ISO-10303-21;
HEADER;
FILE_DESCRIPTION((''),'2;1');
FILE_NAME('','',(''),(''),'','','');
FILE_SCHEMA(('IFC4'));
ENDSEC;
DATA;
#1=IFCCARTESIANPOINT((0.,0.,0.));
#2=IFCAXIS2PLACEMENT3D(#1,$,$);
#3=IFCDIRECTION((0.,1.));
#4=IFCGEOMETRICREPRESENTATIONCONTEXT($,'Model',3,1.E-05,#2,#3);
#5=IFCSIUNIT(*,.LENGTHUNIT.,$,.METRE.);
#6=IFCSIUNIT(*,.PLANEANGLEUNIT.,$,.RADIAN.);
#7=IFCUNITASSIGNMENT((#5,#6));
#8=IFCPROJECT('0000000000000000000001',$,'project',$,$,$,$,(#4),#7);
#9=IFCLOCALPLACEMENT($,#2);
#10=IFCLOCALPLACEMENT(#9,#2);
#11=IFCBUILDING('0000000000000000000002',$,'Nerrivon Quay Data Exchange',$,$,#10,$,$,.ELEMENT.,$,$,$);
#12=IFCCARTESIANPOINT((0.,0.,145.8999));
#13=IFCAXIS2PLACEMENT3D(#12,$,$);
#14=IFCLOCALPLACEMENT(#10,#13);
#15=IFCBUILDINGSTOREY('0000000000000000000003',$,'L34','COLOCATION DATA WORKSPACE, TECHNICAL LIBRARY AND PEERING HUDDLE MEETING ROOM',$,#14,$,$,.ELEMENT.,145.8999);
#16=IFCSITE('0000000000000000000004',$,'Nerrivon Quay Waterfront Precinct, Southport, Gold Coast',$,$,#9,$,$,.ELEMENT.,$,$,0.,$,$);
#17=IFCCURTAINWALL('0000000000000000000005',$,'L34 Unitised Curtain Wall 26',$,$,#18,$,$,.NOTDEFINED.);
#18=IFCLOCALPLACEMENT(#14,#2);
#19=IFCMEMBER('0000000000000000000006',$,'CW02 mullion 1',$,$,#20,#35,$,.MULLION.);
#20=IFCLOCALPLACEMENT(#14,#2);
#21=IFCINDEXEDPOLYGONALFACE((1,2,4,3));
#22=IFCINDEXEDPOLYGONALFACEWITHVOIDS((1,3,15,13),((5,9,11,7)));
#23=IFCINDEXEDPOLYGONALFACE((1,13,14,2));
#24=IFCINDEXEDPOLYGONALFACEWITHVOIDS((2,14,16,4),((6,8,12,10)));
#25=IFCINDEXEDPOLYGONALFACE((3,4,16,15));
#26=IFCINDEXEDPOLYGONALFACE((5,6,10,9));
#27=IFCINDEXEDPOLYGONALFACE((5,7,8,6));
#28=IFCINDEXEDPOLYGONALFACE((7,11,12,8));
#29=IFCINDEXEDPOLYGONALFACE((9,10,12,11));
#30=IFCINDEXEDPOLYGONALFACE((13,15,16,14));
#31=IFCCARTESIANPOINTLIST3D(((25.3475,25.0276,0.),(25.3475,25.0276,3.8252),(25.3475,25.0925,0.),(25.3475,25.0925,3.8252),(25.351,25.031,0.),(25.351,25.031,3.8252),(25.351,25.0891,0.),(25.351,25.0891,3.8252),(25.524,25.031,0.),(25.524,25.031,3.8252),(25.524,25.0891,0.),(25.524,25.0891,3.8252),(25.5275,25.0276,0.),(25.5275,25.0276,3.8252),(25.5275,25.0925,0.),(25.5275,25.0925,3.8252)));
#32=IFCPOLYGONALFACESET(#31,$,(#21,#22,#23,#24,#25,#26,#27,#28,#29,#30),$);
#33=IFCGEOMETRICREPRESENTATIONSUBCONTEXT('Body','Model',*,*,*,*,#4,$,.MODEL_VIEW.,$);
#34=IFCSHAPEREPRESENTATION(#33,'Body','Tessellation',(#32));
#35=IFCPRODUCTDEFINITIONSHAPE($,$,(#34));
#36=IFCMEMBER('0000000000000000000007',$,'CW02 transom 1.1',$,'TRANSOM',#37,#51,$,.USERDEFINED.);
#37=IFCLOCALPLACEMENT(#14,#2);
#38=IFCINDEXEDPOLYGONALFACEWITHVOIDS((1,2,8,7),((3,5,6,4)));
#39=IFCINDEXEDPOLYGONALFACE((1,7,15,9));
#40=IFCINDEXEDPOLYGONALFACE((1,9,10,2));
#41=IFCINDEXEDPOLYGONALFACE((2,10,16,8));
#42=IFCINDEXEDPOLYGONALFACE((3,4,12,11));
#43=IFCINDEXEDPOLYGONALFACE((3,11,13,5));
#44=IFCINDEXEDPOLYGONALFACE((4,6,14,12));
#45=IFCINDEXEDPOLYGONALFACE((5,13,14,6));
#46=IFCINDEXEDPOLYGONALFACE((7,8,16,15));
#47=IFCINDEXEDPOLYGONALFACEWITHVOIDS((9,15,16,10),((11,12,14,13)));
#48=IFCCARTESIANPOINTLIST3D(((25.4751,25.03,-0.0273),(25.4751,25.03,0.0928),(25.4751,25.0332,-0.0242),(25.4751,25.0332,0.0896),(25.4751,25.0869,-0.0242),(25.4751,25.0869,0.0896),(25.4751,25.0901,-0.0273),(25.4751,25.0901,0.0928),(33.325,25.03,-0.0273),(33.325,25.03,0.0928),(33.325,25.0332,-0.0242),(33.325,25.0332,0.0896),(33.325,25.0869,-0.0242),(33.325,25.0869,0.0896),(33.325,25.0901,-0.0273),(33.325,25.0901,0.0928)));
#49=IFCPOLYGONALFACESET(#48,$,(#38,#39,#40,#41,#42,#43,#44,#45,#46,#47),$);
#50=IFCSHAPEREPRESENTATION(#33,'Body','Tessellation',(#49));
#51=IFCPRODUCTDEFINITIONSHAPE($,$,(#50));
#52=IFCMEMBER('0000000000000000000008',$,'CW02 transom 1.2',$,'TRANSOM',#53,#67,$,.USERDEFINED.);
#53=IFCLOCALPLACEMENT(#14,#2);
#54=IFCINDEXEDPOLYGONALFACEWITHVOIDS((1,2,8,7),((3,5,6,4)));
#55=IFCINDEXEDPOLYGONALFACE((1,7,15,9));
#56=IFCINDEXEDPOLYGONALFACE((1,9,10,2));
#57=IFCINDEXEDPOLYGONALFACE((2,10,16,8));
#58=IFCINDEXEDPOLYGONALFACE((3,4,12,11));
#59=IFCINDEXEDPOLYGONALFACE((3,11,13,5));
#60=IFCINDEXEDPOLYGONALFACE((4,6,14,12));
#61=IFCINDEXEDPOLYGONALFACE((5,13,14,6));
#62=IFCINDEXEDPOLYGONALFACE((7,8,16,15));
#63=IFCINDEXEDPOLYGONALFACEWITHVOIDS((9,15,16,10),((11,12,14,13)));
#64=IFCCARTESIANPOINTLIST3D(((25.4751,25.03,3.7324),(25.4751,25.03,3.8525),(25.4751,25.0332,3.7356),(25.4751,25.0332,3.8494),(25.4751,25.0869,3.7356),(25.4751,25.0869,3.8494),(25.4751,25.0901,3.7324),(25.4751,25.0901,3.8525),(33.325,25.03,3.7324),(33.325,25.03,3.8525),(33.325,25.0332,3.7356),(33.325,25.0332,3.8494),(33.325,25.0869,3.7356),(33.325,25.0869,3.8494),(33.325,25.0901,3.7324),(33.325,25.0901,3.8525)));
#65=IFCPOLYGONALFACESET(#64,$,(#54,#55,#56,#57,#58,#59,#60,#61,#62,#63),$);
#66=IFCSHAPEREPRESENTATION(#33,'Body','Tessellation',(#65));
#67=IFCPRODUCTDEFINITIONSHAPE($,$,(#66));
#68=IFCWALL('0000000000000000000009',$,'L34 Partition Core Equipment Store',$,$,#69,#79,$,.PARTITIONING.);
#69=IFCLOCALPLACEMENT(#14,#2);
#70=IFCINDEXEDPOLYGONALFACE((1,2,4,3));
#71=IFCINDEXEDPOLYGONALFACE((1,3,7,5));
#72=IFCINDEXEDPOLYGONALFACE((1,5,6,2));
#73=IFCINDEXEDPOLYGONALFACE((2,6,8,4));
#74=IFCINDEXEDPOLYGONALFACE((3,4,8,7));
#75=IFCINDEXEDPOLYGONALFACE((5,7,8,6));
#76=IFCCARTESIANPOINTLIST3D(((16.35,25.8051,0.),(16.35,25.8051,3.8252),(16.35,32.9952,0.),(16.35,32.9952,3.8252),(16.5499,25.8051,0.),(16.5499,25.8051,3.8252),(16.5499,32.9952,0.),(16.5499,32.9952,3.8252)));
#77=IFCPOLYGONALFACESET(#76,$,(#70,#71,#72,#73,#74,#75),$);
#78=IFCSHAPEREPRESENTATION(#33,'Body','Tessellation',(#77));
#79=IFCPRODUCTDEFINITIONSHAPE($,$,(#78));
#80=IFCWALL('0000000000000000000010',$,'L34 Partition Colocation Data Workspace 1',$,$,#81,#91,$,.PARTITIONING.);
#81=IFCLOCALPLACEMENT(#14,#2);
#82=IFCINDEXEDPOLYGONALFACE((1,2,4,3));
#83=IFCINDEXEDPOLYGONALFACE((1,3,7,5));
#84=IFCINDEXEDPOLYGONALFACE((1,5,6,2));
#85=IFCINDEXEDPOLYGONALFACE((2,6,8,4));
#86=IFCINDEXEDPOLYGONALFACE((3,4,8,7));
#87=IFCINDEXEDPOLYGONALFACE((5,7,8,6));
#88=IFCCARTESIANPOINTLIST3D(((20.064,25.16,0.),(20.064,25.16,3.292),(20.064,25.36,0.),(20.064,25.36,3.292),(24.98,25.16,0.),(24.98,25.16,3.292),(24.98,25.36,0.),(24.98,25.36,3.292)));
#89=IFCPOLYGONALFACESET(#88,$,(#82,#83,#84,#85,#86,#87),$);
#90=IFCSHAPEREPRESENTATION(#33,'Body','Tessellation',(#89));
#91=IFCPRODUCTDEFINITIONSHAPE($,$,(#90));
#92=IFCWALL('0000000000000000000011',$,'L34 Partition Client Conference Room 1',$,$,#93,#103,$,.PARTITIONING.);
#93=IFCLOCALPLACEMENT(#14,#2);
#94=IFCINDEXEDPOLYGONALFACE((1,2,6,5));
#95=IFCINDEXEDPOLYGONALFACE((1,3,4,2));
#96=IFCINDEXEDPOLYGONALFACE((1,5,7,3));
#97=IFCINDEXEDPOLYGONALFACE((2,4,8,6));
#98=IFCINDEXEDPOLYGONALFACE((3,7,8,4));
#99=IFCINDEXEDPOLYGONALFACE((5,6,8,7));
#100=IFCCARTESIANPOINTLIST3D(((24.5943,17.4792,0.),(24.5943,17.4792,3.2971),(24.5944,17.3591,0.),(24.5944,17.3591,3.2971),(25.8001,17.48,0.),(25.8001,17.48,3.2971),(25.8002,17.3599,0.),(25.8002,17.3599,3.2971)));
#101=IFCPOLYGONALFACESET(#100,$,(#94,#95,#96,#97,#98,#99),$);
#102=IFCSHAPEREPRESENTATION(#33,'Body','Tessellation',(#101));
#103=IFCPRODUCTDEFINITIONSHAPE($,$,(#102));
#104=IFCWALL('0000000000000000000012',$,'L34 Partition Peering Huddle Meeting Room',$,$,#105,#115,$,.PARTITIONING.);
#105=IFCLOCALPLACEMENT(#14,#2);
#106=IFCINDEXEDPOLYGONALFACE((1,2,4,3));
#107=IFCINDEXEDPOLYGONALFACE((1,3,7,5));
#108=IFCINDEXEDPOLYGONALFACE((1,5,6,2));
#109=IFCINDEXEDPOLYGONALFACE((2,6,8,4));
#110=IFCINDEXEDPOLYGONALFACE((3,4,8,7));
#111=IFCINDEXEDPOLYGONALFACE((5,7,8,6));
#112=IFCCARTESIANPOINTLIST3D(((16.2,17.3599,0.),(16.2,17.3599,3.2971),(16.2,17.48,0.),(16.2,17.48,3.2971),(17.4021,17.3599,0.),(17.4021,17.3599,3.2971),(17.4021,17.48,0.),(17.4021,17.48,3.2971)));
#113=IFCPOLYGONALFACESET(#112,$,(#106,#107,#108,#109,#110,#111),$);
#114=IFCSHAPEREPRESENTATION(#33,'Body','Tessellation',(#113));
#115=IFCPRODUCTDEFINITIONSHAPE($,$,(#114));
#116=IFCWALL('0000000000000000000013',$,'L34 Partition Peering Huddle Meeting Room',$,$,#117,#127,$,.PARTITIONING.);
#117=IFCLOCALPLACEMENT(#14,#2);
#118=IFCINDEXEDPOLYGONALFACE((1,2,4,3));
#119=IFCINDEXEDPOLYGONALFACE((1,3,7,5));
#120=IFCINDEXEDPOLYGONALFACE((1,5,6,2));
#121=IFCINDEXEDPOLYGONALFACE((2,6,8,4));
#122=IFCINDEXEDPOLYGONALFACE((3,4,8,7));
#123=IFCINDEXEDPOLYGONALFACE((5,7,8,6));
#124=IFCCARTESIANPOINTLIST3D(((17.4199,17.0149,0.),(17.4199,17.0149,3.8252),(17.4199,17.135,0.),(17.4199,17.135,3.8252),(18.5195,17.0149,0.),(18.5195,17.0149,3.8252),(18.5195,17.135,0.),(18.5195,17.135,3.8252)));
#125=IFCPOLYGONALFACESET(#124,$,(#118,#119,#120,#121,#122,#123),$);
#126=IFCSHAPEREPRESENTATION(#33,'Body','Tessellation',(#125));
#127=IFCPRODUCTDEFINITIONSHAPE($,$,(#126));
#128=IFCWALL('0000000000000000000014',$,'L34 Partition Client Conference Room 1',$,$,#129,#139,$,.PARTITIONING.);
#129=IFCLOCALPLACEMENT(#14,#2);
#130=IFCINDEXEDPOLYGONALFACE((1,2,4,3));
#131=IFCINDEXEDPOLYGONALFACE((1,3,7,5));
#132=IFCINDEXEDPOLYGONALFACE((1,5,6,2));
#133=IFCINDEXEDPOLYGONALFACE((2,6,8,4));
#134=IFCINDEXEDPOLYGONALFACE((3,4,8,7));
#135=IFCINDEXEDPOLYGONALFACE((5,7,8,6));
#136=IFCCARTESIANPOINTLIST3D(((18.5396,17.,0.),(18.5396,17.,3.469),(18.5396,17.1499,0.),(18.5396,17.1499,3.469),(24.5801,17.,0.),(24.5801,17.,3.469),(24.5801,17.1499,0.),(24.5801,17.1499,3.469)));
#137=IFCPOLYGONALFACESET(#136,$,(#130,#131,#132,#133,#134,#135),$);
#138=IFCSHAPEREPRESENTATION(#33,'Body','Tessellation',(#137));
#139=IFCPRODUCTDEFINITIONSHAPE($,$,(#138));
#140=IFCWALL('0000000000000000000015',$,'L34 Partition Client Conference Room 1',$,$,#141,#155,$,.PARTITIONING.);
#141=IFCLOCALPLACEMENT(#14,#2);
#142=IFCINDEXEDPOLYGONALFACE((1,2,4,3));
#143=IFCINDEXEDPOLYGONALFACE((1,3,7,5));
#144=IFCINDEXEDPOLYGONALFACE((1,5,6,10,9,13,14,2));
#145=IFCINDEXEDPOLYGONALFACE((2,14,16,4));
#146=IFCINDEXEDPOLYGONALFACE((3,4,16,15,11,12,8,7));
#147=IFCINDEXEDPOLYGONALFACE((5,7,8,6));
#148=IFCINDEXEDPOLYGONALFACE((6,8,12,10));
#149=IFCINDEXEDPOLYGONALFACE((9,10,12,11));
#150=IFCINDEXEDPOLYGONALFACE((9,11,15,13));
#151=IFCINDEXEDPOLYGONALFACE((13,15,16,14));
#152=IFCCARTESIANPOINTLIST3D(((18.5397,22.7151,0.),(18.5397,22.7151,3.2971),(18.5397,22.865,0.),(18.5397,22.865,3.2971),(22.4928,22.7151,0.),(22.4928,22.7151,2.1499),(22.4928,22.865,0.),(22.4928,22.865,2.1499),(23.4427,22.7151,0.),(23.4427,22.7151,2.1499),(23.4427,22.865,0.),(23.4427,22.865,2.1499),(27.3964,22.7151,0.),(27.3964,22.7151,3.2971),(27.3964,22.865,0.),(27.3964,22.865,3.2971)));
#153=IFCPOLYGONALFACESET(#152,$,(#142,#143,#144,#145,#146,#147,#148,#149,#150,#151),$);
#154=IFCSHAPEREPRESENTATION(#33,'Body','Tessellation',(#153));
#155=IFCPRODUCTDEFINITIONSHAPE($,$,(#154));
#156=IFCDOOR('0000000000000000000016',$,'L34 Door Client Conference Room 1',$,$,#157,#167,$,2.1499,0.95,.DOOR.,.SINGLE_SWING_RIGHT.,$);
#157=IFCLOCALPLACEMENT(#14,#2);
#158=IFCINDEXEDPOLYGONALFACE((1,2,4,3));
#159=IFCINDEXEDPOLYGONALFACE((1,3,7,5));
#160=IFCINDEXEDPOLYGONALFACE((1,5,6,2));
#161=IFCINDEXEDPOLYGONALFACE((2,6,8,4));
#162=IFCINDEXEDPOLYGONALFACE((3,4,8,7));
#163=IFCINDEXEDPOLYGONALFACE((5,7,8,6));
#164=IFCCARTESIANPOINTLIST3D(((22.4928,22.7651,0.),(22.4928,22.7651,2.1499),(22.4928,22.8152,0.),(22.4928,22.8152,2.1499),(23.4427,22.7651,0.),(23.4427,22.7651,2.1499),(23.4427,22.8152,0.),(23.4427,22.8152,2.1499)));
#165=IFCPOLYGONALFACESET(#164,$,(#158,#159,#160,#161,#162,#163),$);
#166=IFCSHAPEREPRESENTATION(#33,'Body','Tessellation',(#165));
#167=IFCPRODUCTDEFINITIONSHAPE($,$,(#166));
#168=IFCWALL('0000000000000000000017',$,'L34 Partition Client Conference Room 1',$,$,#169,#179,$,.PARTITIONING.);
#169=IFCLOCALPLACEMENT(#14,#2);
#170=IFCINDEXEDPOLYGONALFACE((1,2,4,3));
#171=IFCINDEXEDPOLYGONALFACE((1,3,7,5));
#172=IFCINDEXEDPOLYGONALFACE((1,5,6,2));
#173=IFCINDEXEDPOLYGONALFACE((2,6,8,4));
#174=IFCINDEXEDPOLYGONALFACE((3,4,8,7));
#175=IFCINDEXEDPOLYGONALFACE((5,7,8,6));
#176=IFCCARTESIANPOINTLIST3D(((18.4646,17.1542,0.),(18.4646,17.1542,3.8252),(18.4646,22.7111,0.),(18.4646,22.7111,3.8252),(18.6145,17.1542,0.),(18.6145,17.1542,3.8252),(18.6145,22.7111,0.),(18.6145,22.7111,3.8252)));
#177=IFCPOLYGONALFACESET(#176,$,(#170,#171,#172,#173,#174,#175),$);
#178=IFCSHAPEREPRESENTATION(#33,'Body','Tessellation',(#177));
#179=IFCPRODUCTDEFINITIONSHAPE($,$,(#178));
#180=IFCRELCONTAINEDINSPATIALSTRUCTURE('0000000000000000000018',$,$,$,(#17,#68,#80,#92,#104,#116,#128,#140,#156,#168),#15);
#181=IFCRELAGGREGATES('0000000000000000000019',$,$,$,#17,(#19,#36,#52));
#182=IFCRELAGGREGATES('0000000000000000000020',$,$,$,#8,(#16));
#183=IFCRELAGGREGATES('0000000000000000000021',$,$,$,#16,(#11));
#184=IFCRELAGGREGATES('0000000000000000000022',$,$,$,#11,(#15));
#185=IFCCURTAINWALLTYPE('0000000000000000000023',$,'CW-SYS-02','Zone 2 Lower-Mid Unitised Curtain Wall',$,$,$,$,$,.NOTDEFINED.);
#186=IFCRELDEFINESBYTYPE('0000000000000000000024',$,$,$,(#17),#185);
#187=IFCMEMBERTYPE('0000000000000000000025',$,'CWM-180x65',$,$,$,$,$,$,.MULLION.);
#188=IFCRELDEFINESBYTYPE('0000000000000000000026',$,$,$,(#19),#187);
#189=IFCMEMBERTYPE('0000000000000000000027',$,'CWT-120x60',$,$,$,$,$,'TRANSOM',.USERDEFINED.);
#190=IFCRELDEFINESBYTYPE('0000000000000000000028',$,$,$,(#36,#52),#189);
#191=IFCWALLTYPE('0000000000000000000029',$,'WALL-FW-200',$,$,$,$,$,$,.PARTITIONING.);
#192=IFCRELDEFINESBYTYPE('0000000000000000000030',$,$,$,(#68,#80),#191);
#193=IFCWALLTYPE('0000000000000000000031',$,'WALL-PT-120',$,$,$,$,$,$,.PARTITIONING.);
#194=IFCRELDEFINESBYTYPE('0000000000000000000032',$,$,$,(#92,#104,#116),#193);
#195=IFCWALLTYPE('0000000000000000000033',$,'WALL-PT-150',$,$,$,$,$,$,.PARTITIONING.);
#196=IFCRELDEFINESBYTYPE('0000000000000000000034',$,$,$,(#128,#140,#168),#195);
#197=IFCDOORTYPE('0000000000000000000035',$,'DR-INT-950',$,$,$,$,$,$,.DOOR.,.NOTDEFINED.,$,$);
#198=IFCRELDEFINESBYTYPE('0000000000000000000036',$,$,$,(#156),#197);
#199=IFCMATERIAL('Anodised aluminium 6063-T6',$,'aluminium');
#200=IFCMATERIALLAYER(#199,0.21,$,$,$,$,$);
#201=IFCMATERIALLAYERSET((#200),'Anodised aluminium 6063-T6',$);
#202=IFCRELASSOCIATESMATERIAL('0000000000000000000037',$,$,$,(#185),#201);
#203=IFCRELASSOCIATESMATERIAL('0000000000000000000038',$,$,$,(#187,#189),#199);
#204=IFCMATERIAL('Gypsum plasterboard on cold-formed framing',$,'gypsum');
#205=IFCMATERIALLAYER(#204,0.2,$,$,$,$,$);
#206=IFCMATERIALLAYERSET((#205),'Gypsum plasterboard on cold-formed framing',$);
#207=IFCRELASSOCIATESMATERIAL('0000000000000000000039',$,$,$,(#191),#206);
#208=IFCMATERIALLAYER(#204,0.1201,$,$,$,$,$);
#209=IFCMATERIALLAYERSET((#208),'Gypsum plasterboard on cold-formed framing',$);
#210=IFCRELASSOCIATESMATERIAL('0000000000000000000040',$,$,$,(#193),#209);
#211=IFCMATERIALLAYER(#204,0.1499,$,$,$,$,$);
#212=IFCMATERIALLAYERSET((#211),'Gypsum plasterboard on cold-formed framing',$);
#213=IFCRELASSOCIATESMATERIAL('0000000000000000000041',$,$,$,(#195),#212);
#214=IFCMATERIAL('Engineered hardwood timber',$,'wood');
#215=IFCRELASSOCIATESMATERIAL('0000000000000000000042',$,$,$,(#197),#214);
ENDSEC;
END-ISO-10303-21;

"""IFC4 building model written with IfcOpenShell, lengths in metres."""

from ifc_helpers import new_model, si_unit, direction, frame, frame_2d, origin, origin_2d, place, context, subcontext, project, spatial, rectangle, hollow_rectangle, extrude, material, layer, layer_set, material_profile, profile_set, type_object, element, fill, aggregate, save


model = new_model("IFC4")

# Units and contexts
model_context = context("Model", 3, precision=1e-05, world=origin(), true_north=direction((0.0, 1.0)))
body_context = subcontext(model_context, "Body", "Model", "MODEL_VIEW")
ifc_project = project(units=[si_unit("LENGTHUNIT", "METRE"), si_unit("PLANEANGLEUNIT", "RADIAN")], contexts=[model_context])

# Site, building, storey
site_placement = place(None, origin())
site = spatial("IfcSite", under=ifc_project, at=site_placement, Name="Nerrivon Quay Waterfront Precinct, Southport, Gold Coast", CompositionType="ELEMENT", RefElevation=0.0)
building_placement = place(site_placement, origin())
building = spatial("IfcBuilding", under=site, at=building_placement, Name="Nerrivon Quay Data Exchange", CompositionType="ELEMENT")
storey_placement = place(building_placement, frame((0.0, 0.0, 145.8999)))
storey = spatial("IfcBuildingStorey", under=building, at=storey_placement, Name="L34", Description="COLOCATION DATA WORKSPACE, TECHNICAL LIBRARY AND PEERING HUDDLE MEETING ROOM", CompositionType="ELEMENT", Elevation=145.8999)

# Curtain wall, members
ifc_material_1 = material(Name="Anodised aluminium 6063-T6", Category="aluminium")
ifc_layer_1 = layer(ifc_material_1, 0.21)
ifc_layer_set_1 = layer_set([ifc_layer_1], Name="Anodised aluminium 6063-T6")
curtain_wall_type = type_object("IfcCurtainWallType", Name="CW-SYS-02", Description="Zone 2 Lower-Mid Unitised Curtain Wall", PredefinedType="NOTDEFINED", material=ifc_layer_set_1)
curtain_wall_placement = place(storey_placement, origin())
curtain_wall = element("IfcCurtainWall", 1, at=curtain_wall_placement, inside=storey, type_object=curtain_wall_type, Name="L34 Unitised Curtain Wall 26", PredefinedType="NOTDEFINED")
ifc_material_profile_1 = material_profile(ifc_material_1, hollow_rectangle(XDim=0.0649, YDim=0.1799, WallThickness=0.0034, at=origin_2d()), Name="ALU-MULL-180x65")
ifc_profile_set_1 = profile_set([ifc_material_profile_1], Name="Anodised aluminium 6063-T6")
member_type_1 = type_object("IfcMemberType", Name="CWM-180x65", PredefinedType="MULLION", material=ifc_profile_set_1)
member_1_placement = place(storey_placement, frame((25.4375, 25.0601, 0.0), z_axis=(0.0, 0.0, 1.0), x_axis=(0.0, 1.0, 0.0)))
member_1 = element("IfcMember", 2, at=member_1_placement, type_object=member_type_1, Name="CW02 mullion 1", PredefinedType="MULLION", context=body_context, shape_type="SweptSolid", body=[
    extrude(hollow_rectangle(XDim=0.0649, YDim=0.1799, WallThickness=0.0034, at=origin_2d()), origin(), (0.0, 0.0, 1.0), 3.8252),
])
ifc_material_profile_2 = material_profile(ifc_material_1, hollow_rectangle(XDim=0.0601, YDim=0.1201, WallThickness=0.0032, at=origin_2d()), Name="ALU-TRAN-120x60")
ifc_profile_set_2 = profile_set([ifc_material_profile_2], Name="Anodised aluminium 6063-T6")
member_type_2 = type_object("IfcMemberType", Name="CWT-120x60", ElementType="TRANSOM", PredefinedType="USERDEFINED", material=ifc_profile_set_2)
member_2_placement = place(storey_placement, frame((25.4751, 25.0601, 0.0327), z_axis=(1.0, 0.0, 0.0), x_axis=(0.0, 1.0, 0.0)))
member_2 = element("IfcMember", 3, at=member_2_placement, type_object=member_type_2, Name="CW02 transom 1.1", ObjectType="TRANSOM", PredefinedType="USERDEFINED", context=body_context, shape_type="SweptSolid", body=[
    extrude(hollow_rectangle(XDim=0.0601, YDim=0.1201, WallThickness=0.0032, at=origin_2d()), origin(), (0.0, 0.0, 1.0), 7.8499),
])
member_3_placement = place(storey_placement, frame((25.4751, 25.0601, 3.7925), z_axis=(1.0, 0.0, 0.0), x_axis=(0.0, 1.0, 0.0)))
member_3 = element("IfcMember", 4, at=member_3_placement, type_object=member_type_2, Name="CW02 transom 1.2", ObjectType="TRANSOM", PredefinedType="USERDEFINED", context=body_context, shape_type="SweptSolid", body=[
    extrude(hollow_rectangle(XDim=0.0601, YDim=0.1201, WallThickness=0.0032, at=origin_2d()), origin(), (0.0, 0.0, 1.0), 7.8499),
])
aggregate(curtain_wall, [member_1, member_2, member_3])

# Walls
ifc_material_2 = material(Name="Gypsum plasterboard on cold-formed framing", Category="gypsum")
ifc_layer_2 = layer(ifc_material_2, 0.2)
ifc_layer_set_2 = layer_set([ifc_layer_2], Name="Gypsum plasterboard on cold-formed framing")
wall_type_1 = type_object("IfcWallType", Name="WALL-FW-200", PredefinedType="PARTITIONING", material=ifc_layer_set_2)
wall_1_placement = place(storey_placement, frame((16.45, 25.8049, 0.0), z_axis=(0.0, 0.0, 1.0), x_axis=(0.0, 1.0, 0.0)))
element("IfcWall", 5, at=wall_1_placement, inside=storey, type_object=wall_type_1, Name="L34 Partition Core Equipment Store", PredefinedType="PARTITIONING", context=body_context, shape_type="SweptSolid", body=[
    extrude(rectangle(XDim=7.1902, YDim=0.2, at=frame_2d((3.5952, 0.0))), origin(), (0.0, 0.0, 1.0), 3.8252),
])
wall_2_placement = place(storey_placement, frame((20.064, 25.26, 0.0), z_axis=(0.0, 0.0, 1.0), x_axis=(1.0, 0.0, 0.0)))
element("IfcWall", 6, at=wall_2_placement, inside=storey, type_object=wall_type_1, Name="L34 Partition Colocation Data Workspace 1", PredefinedType="PARTITIONING", context=body_context, shape_type="SweptSolid", body=[
    extrude(rectangle(XDim=4.916, YDim=0.2, at=frame_2d((2.458, 0.0))), origin(), (0.0, 0.0, 1.0), 3.292),
])
ifc_layer_3 = layer(ifc_material_2, 0.1201)
ifc_layer_set_3 = layer_set([ifc_layer_3], Name="Gypsum plasterboard on cold-formed framing")
wall_type_2 = type_object("IfcWallType", Name="WALL-PT-120", PredefinedType="PARTITIONING", material=ifc_layer_set_3)
wall_3_placement = place(storey_placement, frame((24.5942, 17.4192, 0.0), z_axis=(0.0, 0.0, 1.0), x_axis=(1.0, 0.000607, 0.0)))
element("IfcWall", 7, at=wall_3_placement, inside=storey, type_object=wall_type_2, Name="L34 Partition Client Conference Room 1", PredefinedType="PARTITIONING", context=body_context, shape_type="SweptSolid", body=[
    extrude(rectangle(XDim=1.2058, YDim=0.1201, at=frame_2d((0.603, 0.0))), origin(), (0.0, 0.0, 1.0), 3.2971),
])
wall_4_placement = place(storey_placement, frame((16.2, 17.4199, 0.0), z_axis=(0.0, 0.0, 1.0), x_axis=(1.0, 0.0, 0.0)))
element("IfcWall", 8, at=wall_4_placement, inside=storey, type_object=wall_type_2, Name="L34 Partition Peering Huddle Meeting Room", PredefinedType="PARTITIONING", context=body_context, shape_type="SweptSolid", body=[
    extrude(rectangle(XDim=1.2021, YDim=0.1201, at=frame_2d((0.6011, 0.0))), origin(), (0.0, 0.0, 1.0), 3.2971),
])
wall_5_placement = place(storey_placement, frame((17.4199, 17.075, 0.0), z_axis=(0.0, 0.0, 1.0), x_axis=(1.0, 0.0, 0.0)))
element("IfcWall", 9, at=wall_5_placement, inside=storey, type_object=wall_type_2, Name="L34 Partition Peering Huddle Meeting Room", PredefinedType="PARTITIONING", context=body_context, shape_type="SweptSolid", body=[
    extrude(rectangle(XDim=1.0996, YDim=0.1201, at=frame_2d((0.5498, 0.0))), origin(), (0.0, 0.0, 1.0), 3.8252),
])
ifc_layer_4 = layer(ifc_material_2, 0.1499)
ifc_layer_set_4 = layer_set([ifc_layer_4], Name="Gypsum plasterboard on cold-formed framing")
wall_type_3 = type_object("IfcWallType", Name="WALL-PT-150", PredefinedType="PARTITIONING", material=ifc_layer_set_4)
wall_6_placement = place(storey_placement, frame((18.5396, 17.075, 0.0), z_axis=(0.0, 0.0, 1.0), x_axis=(1.0, 0.0, 0.0)))
element("IfcWall", 10, at=wall_6_placement, inside=storey, type_object=wall_type_3, Name="L34 Partition Client Conference Room 1", PredefinedType="PARTITIONING", context=body_context, shape_type="SweptSolid", body=[
    extrude(rectangle(XDim=6.0405, YDim=0.1499, at=frame_2d((3.0203, 0.0))), origin(), (0.0, 0.0, 1.0), 3.469),
])

# Wall, opening, door
wall_7_placement = place(storey_placement, frame((27.3962, 22.79, 0.0), z_axis=(0.0, 0.0, 1.0), x_axis=(-1.0, 0.0, 0.0)))
wall_7 = element("IfcWall", 11, at=wall_7_placement, inside=storey, type_object=wall_type_3, Name="L34 Partition Client Conference Room 1", PredefinedType="PARTITIONING", context=body_context, shape_type="SweptSolid", body=[
    extrude(rectangle(XDim=8.8567, YDim=0.1499, at=frame_2d((4.4282, 0.0))), origin(), (0.0, 0.0, 1.0), 3.2971),
])
opening_placement = place(wall_7_placement, frame((3.9534, 0.0, 0.0)))
opening = element("IfcOpeningElement", 12, at=opening_placement, cuts=wall_7, PredefinedType="OPENING", context=body_context, shape_type="SweptSolid", body=[
    extrude(rectangle(XDim=0.95, YDim=2.1499, at=frame_2d((0.4751, 1.075))), frame((0.0, 0.085, 0.0), z_axis=(0.0, -1.0, 0.0), x_axis=(1.0, 0.0, 0.0)), (0.0, 0.0, 1.0), 0.1699),
])
ifc_material_3 = material(Name="Engineered hardwood timber", Category="wood")
door_type = type_object("IfcDoorType", Name="DR-INT-950", OperationType="NOTDEFINED", PredefinedType="DOOR", material=ifc_material_3)
door_placement = place(opening_placement, origin())
door = element("IfcDoor", 13, at=door_placement, inside=storey, type_object=door_type, Name="L34 Door Client Conference Room 1", OperationType="SINGLE_SWING_RIGHT", OverallHeight=2.1499, OverallWidth=0.95, PredefinedType="DOOR", context=body_context, shape_type="SweptSolid", body=[
    extrude(rectangle(XDim=0.95, YDim=2.1499, at=frame_2d((0.4751, 1.075))), frame((0.0, 0.0249, 0.0), z_axis=(0.0, -1.0, 0.0), x_axis=(1.0, 0.0, 0.0)), (0.0, 0.0, 1.0), 0.05),
])
fill(opening, door)

# Wall
wall_8_placement = place(storey_placement, frame((18.5396, 22.7109, 0.0), z_axis=(0.0, 0.0, 1.0), x_axis=(0.0, -1.0, 0.0)))
element("IfcWall", 14, at=wall_8_placement, inside=storey, type_object=wall_type_3, Name="L34 Partition Client Conference Room 1", PredefinedType="PARTITIONING", context=body_context, shape_type="SweptSolid", body=[
    extrude(rectangle(XDim=5.5569, YDim=0.1499, at=frame_2d((2.7783, 0.0))), origin(), (0.0, 0.0, 1.0), 3.8252),
])

save(model, "model.ifc")
